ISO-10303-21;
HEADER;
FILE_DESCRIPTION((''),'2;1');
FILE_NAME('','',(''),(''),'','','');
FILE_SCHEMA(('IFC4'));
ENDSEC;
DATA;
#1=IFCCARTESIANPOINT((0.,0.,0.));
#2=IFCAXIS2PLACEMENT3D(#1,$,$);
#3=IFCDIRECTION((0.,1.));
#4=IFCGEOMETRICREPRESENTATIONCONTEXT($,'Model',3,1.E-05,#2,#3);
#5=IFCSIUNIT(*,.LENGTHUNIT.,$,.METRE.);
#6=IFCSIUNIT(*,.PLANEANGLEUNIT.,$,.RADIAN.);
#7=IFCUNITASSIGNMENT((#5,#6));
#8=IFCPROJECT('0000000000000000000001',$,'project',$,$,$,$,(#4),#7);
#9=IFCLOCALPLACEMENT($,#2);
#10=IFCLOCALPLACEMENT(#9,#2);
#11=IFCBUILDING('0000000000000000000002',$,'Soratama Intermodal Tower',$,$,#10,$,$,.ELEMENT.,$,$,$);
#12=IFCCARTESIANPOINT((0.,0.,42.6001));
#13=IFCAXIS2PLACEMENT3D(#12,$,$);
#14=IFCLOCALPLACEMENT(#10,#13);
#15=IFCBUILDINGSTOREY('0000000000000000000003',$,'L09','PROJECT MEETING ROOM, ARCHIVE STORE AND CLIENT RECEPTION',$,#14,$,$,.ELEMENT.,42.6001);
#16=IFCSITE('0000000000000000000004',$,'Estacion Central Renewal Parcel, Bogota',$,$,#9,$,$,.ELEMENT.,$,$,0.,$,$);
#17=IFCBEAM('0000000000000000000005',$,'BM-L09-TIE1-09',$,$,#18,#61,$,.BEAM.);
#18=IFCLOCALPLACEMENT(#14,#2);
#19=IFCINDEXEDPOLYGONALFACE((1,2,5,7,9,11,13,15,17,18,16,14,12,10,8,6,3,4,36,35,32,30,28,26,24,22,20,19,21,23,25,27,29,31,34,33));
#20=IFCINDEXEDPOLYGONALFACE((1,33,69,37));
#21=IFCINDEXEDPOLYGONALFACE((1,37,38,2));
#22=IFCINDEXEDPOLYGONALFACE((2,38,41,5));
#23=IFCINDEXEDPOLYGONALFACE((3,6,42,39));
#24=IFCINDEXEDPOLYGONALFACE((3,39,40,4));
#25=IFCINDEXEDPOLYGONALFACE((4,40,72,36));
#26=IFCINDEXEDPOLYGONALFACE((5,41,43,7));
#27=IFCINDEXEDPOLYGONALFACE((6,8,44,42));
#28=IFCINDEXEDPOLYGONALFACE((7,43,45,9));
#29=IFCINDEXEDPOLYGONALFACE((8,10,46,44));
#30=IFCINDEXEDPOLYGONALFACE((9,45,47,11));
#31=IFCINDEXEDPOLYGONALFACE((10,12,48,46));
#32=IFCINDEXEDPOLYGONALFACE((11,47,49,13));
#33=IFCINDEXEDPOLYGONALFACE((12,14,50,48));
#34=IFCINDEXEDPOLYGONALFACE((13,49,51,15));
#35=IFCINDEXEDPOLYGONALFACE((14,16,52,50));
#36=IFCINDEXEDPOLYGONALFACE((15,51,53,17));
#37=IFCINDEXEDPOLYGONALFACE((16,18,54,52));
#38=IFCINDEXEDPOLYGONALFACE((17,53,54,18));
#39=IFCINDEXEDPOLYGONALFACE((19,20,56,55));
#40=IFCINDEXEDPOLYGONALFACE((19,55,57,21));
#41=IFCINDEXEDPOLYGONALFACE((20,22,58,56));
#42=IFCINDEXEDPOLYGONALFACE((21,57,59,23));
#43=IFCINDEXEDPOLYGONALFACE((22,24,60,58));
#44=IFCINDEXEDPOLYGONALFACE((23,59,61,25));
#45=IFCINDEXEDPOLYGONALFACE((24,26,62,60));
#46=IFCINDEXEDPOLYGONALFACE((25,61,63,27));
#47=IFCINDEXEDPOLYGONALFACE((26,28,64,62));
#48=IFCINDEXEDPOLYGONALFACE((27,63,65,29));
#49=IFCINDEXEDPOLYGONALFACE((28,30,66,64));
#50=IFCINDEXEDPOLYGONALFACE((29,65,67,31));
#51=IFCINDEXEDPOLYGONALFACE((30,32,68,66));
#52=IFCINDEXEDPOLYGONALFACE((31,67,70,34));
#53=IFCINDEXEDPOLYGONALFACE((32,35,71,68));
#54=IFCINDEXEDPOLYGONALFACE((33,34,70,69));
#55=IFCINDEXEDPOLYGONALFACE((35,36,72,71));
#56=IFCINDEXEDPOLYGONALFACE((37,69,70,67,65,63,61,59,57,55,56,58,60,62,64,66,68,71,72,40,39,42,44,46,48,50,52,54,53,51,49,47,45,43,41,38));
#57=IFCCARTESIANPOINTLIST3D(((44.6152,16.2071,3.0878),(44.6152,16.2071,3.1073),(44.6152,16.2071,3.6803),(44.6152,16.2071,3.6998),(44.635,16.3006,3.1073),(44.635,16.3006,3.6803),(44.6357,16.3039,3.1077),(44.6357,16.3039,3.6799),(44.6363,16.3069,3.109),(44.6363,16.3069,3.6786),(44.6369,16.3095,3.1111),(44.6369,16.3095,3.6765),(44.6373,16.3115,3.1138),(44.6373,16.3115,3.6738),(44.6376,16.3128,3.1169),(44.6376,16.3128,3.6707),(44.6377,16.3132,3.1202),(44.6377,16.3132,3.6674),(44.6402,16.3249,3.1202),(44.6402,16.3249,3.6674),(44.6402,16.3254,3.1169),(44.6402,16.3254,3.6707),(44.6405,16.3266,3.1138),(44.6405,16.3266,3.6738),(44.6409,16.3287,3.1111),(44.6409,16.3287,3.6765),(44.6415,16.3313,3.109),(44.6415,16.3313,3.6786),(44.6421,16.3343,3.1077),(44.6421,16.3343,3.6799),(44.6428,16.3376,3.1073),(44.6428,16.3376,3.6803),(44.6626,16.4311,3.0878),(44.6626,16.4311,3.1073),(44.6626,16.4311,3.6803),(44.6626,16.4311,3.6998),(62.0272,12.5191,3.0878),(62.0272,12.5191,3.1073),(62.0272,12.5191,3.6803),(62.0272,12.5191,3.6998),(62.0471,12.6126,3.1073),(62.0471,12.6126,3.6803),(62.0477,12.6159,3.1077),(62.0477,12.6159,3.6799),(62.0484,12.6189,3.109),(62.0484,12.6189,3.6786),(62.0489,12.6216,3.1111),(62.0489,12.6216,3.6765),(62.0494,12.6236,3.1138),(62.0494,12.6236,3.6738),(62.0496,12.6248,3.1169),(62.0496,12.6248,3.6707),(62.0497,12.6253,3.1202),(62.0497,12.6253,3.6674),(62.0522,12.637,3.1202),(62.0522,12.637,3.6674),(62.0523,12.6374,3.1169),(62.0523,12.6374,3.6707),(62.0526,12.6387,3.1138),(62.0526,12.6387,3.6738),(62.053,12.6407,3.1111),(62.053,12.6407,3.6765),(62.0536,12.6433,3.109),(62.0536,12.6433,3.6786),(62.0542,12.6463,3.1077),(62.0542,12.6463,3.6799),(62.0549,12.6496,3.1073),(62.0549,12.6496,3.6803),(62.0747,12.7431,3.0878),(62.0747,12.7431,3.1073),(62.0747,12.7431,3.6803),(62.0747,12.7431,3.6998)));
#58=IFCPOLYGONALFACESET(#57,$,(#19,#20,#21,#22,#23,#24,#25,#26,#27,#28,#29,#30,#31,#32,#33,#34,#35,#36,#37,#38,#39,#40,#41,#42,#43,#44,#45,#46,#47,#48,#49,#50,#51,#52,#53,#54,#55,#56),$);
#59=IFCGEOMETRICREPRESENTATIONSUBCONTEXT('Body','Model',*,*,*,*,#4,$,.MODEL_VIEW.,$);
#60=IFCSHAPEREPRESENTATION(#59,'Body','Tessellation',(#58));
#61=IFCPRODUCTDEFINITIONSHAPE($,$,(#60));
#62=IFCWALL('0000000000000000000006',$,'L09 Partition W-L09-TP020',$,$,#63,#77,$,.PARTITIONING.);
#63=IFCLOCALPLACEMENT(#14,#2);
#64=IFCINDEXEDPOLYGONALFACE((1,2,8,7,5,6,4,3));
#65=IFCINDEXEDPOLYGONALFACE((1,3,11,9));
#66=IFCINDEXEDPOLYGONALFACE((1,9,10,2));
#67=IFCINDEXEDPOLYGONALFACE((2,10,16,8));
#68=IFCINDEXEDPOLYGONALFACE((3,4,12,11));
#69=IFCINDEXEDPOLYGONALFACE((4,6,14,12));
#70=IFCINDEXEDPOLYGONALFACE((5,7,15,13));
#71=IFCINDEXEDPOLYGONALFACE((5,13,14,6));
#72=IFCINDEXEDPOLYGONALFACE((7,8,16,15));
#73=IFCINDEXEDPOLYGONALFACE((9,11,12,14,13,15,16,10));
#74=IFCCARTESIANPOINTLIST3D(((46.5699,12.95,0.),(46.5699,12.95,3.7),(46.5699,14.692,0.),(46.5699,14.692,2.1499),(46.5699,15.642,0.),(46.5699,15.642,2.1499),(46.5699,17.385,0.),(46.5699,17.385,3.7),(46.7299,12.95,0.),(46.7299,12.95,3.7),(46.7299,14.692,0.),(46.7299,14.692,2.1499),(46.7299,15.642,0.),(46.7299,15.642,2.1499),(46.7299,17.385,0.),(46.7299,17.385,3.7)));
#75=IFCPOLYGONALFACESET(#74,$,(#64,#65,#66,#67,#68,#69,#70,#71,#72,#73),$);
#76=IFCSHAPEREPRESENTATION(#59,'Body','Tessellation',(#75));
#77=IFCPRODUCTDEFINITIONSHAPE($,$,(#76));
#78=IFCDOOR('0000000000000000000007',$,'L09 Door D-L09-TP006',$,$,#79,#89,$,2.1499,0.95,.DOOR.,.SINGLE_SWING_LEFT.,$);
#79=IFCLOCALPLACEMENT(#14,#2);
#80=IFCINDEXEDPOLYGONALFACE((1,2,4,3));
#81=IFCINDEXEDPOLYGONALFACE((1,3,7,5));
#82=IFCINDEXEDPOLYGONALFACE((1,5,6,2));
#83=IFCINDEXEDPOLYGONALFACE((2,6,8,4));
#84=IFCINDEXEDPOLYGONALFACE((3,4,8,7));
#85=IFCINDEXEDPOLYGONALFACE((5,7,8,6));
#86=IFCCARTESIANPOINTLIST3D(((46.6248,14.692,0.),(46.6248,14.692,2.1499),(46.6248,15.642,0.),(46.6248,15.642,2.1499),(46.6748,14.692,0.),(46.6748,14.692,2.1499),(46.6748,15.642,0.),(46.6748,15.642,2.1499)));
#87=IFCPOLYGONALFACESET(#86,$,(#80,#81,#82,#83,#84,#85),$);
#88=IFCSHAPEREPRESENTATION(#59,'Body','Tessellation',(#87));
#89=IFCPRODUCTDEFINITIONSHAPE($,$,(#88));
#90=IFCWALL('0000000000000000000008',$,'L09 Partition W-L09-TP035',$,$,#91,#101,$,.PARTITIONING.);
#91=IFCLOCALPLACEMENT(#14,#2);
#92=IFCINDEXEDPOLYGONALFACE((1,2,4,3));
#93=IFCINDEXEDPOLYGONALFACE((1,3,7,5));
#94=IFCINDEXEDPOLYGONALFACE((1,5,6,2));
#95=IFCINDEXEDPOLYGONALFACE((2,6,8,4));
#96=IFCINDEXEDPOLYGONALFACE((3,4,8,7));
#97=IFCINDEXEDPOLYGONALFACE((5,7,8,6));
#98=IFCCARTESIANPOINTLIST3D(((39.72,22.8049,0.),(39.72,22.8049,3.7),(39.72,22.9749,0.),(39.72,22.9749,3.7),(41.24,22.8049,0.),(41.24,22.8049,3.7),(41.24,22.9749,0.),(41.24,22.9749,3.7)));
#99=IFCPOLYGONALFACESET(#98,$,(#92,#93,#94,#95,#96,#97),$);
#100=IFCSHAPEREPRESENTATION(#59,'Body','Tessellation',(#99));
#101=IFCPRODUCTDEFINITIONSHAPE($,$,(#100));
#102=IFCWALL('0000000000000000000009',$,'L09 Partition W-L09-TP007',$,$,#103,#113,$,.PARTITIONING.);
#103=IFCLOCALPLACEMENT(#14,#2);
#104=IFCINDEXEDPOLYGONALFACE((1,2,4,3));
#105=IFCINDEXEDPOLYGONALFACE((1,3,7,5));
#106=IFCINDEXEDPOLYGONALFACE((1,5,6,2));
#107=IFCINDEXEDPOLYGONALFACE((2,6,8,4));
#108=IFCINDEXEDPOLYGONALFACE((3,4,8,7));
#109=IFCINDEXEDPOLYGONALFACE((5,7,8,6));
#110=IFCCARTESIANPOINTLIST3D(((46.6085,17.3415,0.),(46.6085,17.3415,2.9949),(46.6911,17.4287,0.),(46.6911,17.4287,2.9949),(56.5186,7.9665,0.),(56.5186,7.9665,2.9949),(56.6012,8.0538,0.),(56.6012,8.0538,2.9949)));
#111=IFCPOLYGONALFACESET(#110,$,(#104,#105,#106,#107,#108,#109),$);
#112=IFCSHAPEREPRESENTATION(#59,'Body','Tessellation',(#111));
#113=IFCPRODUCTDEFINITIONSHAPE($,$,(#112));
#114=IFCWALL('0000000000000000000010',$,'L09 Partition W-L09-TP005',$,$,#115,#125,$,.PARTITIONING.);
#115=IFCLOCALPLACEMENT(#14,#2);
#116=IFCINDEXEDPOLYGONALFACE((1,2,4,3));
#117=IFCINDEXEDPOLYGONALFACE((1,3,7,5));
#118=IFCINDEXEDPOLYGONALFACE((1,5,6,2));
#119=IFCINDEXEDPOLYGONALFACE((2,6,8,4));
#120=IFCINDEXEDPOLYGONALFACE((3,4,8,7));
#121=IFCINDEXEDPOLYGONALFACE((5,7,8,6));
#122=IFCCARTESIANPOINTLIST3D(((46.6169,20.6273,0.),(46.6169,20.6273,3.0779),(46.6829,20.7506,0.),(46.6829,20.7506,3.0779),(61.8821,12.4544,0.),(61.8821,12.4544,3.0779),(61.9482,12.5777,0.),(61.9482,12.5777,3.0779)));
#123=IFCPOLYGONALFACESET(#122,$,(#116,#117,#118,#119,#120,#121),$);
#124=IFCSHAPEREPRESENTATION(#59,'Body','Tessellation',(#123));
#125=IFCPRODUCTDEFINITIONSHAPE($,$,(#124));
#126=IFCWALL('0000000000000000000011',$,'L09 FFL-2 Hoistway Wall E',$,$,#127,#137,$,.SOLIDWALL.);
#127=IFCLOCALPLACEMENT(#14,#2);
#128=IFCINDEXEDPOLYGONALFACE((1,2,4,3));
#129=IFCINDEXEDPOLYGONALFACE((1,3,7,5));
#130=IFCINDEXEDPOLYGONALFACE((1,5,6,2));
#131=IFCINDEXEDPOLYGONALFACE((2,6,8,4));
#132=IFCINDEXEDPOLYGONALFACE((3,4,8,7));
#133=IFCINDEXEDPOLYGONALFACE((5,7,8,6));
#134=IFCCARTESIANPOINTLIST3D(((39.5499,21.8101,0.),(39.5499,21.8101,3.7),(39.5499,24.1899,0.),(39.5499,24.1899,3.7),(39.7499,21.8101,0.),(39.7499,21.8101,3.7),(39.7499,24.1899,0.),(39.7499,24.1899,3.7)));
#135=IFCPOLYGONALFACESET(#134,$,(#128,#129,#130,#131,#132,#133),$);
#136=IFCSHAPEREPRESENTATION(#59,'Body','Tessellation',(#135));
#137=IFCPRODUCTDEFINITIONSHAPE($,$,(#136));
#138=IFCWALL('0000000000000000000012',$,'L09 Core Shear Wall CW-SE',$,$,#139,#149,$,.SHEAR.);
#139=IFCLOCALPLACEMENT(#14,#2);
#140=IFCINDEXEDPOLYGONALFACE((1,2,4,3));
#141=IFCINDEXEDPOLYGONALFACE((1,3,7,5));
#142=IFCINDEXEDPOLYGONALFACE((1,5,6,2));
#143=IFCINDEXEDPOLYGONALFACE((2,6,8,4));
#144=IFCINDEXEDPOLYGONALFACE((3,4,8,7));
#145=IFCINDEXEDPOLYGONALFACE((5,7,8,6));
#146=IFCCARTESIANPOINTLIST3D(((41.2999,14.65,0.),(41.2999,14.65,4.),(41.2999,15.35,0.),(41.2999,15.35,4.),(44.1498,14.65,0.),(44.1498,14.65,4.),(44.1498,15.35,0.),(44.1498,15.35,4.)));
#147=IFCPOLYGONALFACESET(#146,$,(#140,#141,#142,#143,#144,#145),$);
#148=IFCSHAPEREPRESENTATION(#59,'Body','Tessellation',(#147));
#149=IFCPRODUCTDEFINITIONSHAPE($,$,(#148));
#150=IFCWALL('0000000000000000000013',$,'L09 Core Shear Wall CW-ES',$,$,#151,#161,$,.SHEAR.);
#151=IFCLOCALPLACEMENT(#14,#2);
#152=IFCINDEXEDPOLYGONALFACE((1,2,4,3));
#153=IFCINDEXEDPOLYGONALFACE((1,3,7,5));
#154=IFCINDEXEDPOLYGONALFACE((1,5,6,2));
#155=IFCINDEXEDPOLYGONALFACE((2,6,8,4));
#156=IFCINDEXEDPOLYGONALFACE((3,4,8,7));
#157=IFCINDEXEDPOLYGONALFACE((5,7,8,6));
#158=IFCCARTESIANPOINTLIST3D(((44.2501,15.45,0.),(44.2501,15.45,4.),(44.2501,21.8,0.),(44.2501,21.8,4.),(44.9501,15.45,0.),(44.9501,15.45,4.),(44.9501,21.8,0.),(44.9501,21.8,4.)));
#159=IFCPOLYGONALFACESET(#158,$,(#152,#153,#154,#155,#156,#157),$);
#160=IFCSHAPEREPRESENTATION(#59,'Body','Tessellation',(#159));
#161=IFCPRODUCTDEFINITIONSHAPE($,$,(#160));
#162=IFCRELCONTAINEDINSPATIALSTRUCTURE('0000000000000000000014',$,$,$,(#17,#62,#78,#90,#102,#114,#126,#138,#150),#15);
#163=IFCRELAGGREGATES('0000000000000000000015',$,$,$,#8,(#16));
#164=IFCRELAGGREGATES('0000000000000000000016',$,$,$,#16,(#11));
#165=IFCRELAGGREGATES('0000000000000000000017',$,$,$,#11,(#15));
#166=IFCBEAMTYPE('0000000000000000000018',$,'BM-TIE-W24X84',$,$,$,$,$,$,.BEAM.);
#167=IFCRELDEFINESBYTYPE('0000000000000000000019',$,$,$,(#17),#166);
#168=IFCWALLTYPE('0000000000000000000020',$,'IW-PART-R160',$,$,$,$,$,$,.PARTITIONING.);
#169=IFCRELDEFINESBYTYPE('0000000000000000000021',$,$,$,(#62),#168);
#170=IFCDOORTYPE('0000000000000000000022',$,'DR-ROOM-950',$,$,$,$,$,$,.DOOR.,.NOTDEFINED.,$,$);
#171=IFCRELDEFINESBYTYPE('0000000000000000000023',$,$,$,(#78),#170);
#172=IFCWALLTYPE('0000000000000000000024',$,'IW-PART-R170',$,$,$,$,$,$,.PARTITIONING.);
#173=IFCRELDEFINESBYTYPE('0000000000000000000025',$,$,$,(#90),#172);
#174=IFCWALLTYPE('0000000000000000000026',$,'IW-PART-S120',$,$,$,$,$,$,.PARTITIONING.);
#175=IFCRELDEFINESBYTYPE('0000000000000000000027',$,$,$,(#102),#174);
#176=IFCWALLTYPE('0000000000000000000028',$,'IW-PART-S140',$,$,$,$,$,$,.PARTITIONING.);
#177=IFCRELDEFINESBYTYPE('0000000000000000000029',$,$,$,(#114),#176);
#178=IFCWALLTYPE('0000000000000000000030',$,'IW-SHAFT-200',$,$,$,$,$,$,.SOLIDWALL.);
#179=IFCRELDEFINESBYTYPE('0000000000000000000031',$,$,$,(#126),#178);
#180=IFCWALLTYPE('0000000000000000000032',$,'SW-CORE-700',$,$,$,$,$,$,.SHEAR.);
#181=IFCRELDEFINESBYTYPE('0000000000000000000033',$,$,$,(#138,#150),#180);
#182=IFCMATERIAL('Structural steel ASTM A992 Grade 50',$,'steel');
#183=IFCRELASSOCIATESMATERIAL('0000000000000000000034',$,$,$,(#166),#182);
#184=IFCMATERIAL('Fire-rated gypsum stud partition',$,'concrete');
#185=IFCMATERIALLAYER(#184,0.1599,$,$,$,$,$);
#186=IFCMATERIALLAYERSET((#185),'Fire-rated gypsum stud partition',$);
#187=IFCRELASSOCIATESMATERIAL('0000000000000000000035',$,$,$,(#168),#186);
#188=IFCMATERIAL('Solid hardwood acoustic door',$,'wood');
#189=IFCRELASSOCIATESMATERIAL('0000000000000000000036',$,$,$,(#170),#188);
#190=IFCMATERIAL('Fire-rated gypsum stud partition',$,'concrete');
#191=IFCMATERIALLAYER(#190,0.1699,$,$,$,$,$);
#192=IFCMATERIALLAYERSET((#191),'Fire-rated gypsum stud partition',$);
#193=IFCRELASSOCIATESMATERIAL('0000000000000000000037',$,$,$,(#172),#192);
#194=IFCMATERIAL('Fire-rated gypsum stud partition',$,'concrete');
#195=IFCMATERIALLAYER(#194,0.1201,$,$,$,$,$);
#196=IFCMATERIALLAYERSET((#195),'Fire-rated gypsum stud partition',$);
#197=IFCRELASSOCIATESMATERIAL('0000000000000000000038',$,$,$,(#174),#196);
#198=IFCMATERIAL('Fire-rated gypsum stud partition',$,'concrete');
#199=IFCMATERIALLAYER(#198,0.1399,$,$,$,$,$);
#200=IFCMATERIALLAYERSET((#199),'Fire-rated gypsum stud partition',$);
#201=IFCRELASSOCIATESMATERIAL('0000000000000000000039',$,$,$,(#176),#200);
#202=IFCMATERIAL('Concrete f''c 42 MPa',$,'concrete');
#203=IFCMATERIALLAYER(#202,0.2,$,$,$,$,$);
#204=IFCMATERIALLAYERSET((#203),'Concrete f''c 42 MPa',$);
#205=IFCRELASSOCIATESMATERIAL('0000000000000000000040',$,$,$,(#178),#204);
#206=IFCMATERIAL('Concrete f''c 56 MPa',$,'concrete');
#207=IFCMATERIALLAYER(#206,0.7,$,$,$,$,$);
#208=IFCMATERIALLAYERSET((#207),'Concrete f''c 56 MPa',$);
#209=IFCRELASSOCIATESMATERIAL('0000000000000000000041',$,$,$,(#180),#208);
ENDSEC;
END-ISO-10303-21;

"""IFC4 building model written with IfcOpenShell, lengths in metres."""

from ifc_helpers import new_model, si_unit, direction, frame, frame_2d, origin, origin_2d, place, context, subcontext, project, spatial, rectangle, i_section, extrude, material, layer, layer_set, material_profile, profile_set, type_object, element, fill, save


model = new_model("IFC4")

# Units and contexts
model_context = context("Model", 3, precision=1e-05, world=origin(), true_north=direction((0.0, 1.0)))
body_context = subcontext(model_context, "Body", "Model", "MODEL_VIEW")
ifc_project = project(units=[si_unit("LENGTHUNIT", "METRE"), si_unit("PLANEANGLEUNIT", "RADIAN")], contexts=[model_context])

# Site, building, storey
site_placement = place(None, origin())
site = spatial("IfcSite", under=ifc_project, at=site_placement, Name="Estacion Central Renewal Parcel, Bogota", CompositionType="ELEMENT", RefElevation=0.0)
building_placement = place(site_placement, origin())
building = spatial("IfcBuilding", under=site, at=building_placement, Name="Soratama Intermodal Tower", CompositionType="ELEMENT")
storey_placement = place(building_placement, frame((0.0, 0.0, 42.6001)))
storey = spatial("IfcBuildingStorey", under=building, at=storey_placement, Name="L09", Description="PROJECT MEETING ROOM, ARCHIVE STORE AND CLIENT RECEPTION", CompositionType="ELEMENT", Elevation=42.6001)

# Beam
ifc_material_1 = material(Name="Structural steel ASTM A992 Grade 50", Category="steel")
ifc_material_profile_1 = material_profile(ifc_material_1, i_section(OverallWidth=0.229, OverallDepth=0.6121, WebThickness=0.012, FlangeThickness=0.0195, FilletRadius=0.0129, at=origin_2d()), Name="W24X84")
ifc_profile_set_1 = profile_set([ifc_material_profile_1], Name="Structural steel ASTM A992 Grade 50")
beam_type_1 = type_object("IfcBeamType", Name="BM-TIE-W24X84", PredefinedType="BEAM", material=ifc_profile_set_1)
beam_1_placement = place(storey_placement, frame((44.6389, 16.3191, 3.3938), z_axis=(0.978297, -0.207209, 0.0), x_axis=(0.207209, 0.978297, 0.0)))
element("IfcBeam", 1, at=beam_1_placement, inside=storey, type_object=beam_type_1, Name="BM-L09-TIE1-09", PredefinedType="BEAM", context=body_context, shape_type="SweptSolid", body=[
    extrude(i_section(OverallWidth=0.229, OverallDepth=0.6121, WebThickness=0.012, FlangeThickness=0.0195, FilletRadius=0.0129, at=origin_2d()), origin(), (0.0, 0.0, 1.0), 17.7983),
])

# Wall, opening, door
ifc_material_2 = material(Name="Fire-rated gypsum stud partition", Category="concrete")
ifc_layer_1 = layer(ifc_material_2, 0.1599)
ifc_layer_set_1 = layer_set([ifc_layer_1], Name="Fire-rated gypsum stud partition")
wall_type_1 = type_object("IfcWallType", Name="IW-PART-R160", PredefinedType="PARTITIONING", material=ifc_layer_set_1)
wall_1_placement = place(storey_placement, frame((46.6499, 17.385, 0.0), z_axis=(0.0, 0.0, 1.0), x_axis=(0.0, -1.0, 0.0)))
wall_1 = element("IfcWall", 2, at=wall_1_placement, inside=storey, type_object=wall_type_1, Name="L09 Partition W-L09-TP020", PredefinedType="PARTITIONING", context=body_context, shape_type="SweptSolid", body=[
    extrude(rectangle(XDim=4.4351, YDim=0.1599, at=frame_2d((2.2175, 0.0))), origin(), (0.0, 0.0, 1.0), 3.7),
])
opening_1_placement = place(wall_1_placement, frame((1.7429, 0.0, 0.0)))
opening_1 = element("IfcOpeningElement", 3, at=opening_1_placement, cuts=wall_1, PredefinedType="OPENING", context=body_context, shape_type="SweptSolid", body=[
    extrude(rectangle(XDim=0.95, YDim=2.1499, at=frame_2d((0.4751, 1.075))), frame((0.0, 0.0898, 0.0), z_axis=(0.0, -1.0, 0.0), x_axis=(1.0, 0.0, 0.0)), (0.0, 0.0, 1.0), 0.1799),
])
ifc_material_3 = material(Name="Solid hardwood acoustic door", Category="wood")
door_type_1 = type_object("IfcDoorType", Name="DR-ROOM-950", OperationType="NOTDEFINED", PredefinedType="DOOR", material=ifc_material_3)
door_1_placement = place(opening_1_placement, origin())
door_1 = element("IfcDoor", 4, at=door_1_placement, inside=storey, type_object=door_type_1, Name="L09 Door D-L09-TP006", OperationType="SINGLE_SWING_LEFT", OverallHeight=2.1499, OverallWidth=0.95, PredefinedType="DOOR", context=body_context, shape_type="SweptSolid", body=[
    extrude(rectangle(XDim=0.95, YDim=2.1499, at=frame_2d((0.4751, 1.075))), frame((0.0, 0.0249, 0.0), z_axis=(0.0, -1.0, 0.0), x_axis=(1.0, 0.0, 0.0)), (0.0, 0.0, 1.0), 0.05),
])
fill(opening_1, door_1)
ifc_material_4 = material(Name="Fire-rated gypsum stud partition", Category="concrete")
ifc_layer_2 = layer(ifc_material_4, 0.1699)
ifc_layer_set_2 = layer_set([ifc_layer_2], Name="Fire-rated gypsum stud partition")
wall_type_2 = type_object("IfcWallType", Name="IW-PART-R170", PredefinedType="PARTITIONING", material=ifc_layer_set_2)

# Walls
wall_2_placement = place(storey_placement, frame((39.72, 22.8899, 0.0), z_axis=(0.0, 0.0, 1.0), x_axis=(1.0, 0.0, 0.0)))
element("IfcWall", 5, at=wall_2_placement, inside=storey, type_object=wall_type_2, Name="L09 Partition W-L09-TP035", PredefinedType="PARTITIONING", context=body_context, shape_type="SweptSolid", body=[
    extrude(rectangle(XDim=1.52, YDim=0.1699, at=frame_2d((0.76, 0.0))), origin(), (0.0, 0.0, 1.0), 3.7),
])
ifc_material_5 = material(Name="Fire-rated gypsum stud partition", Category="concrete")
ifc_layer_3 = layer(ifc_material_5, 0.1201)
ifc_layer_set_3 = layer_set([ifc_layer_3], Name="Fire-rated gypsum stud partition")
wall_type_3 = type_object("IfcWallType", Name="IW-PART-S120", PredefinedType="PARTITIONING", material=ifc_layer_set_3)
wall_3_placement = place(storey_placement, frame((46.6499, 17.385, 0.0), z_axis=(0.0, 0.0, 1.0), x_axis=(0.726449, -0.68722, 0.0)))
element("IfcWall", 6, at=wall_3_placement, inside=storey, type_object=wall_type_3, Name="L09 Partition W-L09-TP007", PredefinedType="PARTITIONING", context=body_context, shape_type="SweptSolid", body=[
    extrude(rectangle(XDim=13.6418, YDim=0.1201, at=frame_2d((6.8208, 0.0))), origin(), (0.0, 0.0, 1.0), 2.9949),
])
ifc_material_6 = material(Name="Fire-rated gypsum stud partition", Category="concrete")
ifc_layer_4 = layer(ifc_material_6, 0.1399)
ifc_layer_set_4 = layer_set([ifc_layer_4], Name="Fire-rated gypsum stud partition")
wall_type_4 = type_object("IfcWallType", Name="IW-PART-S140", PredefinedType="PARTITIONING", material=ifc_layer_set_4)
wall_4_placement = place(storey_placement, frame((46.6499, 20.689, 0.0), z_axis=(0.0, 0.0, 1.0), x_axis=(0.881598, -0.472002, 0.0)))
element("IfcWall", 7, at=wall_4_placement, inside=storey, type_object=wall_type_4, Name="L09 Partition W-L09-TP005", PredefinedType="PARTITIONING", context=body_context, shape_type="SweptSolid", body=[
    extrude(rectangle(XDim=17.3154, YDim=0.1399, at=frame_2d((8.6577, 0.0))), origin(), (0.0, 0.0, 1.0), 3.0779),
])
ifc_material_7 = material(Name="Concrete f'c 42 MPa", Category="concrete")
ifc_layer_5 = layer(ifc_material_7, 0.2)
ifc_layer_set_5 = layer_set([ifc_layer_5], Name="Concrete f'c 42 MPa")
wall_type_5 = type_object("IfcWallType", Name="IW-SHAFT-200", PredefinedType="SOLIDWALL", material=ifc_layer_set_5)
wall_5_placement = place(storey_placement, frame((39.6499, 21.8101, 0.0), z_axis=(0.0, 0.0, 1.0), x_axis=(0.0, 1.0, 0.0)))
element("IfcWall", 8, at=wall_5_placement, inside=storey, type_object=wall_type_5, Name="L09 FFL-2 Hoistway Wall E", PredefinedType="SOLIDWALL", context=body_context, shape_type="SweptSolid", body=[
    extrude(rectangle(XDim=2.3799, YDim=0.2, at=frame_2d((1.1899, 0.0))), origin(), (0.0, 0.0, 1.0), 3.7),
])
ifc_material_8 = material(Name="Concrete f'c 56 MPa", Category="concrete")
ifc_layer_6 = layer(ifc_material_8, 0.7)
ifc_layer_set_6 = layer_set([ifc_layer_6], Name="Concrete f'c 56 MPa")
wall_type_6 = type_object("IfcWallType", Name="SW-CORE-700", PredefinedType="SHEAR", material=ifc_layer_set_6)
wall_6_placement = place(storey_placement, frame((41.3, 15.0, 0.0), z_axis=(0.0, 0.0, 1.0), x_axis=(1.0, 0.0, 0.0)))
element("IfcWall", 9, at=wall_6_placement, inside=storey, type_object=wall_type_6, Name="L09 Core Shear Wall CW-SE", PredefinedType="SHEAR", context=body_context, shape_type="SweptSolid", body=[
    extrude(rectangle(XDim=2.8499, YDim=0.7, at=frame_2d((1.4248, 0.0))), origin(), (0.0, 0.0, 1.0), 4.0),
])
wall_7_placement = place(storey_placement, frame((44.6001, 15.45, 0.0), z_axis=(0.0, 0.0, 1.0), x_axis=(0.0, 1.0, 0.0)))
element("IfcWall", 10, at=wall_7_placement, inside=storey, type_object=wall_type_6, Name="L09 Core Shear Wall CW-ES", PredefinedType="SHEAR", context=body_context, shape_type="SweptSolid", body=[
    extrude(rectangle(XDim=6.3501, YDim=0.7, at=frame_2d((3.175, 0.0))), origin(), (0.0, 0.0, 1.0), 4.0),
])

save(model, "model.ifc")
